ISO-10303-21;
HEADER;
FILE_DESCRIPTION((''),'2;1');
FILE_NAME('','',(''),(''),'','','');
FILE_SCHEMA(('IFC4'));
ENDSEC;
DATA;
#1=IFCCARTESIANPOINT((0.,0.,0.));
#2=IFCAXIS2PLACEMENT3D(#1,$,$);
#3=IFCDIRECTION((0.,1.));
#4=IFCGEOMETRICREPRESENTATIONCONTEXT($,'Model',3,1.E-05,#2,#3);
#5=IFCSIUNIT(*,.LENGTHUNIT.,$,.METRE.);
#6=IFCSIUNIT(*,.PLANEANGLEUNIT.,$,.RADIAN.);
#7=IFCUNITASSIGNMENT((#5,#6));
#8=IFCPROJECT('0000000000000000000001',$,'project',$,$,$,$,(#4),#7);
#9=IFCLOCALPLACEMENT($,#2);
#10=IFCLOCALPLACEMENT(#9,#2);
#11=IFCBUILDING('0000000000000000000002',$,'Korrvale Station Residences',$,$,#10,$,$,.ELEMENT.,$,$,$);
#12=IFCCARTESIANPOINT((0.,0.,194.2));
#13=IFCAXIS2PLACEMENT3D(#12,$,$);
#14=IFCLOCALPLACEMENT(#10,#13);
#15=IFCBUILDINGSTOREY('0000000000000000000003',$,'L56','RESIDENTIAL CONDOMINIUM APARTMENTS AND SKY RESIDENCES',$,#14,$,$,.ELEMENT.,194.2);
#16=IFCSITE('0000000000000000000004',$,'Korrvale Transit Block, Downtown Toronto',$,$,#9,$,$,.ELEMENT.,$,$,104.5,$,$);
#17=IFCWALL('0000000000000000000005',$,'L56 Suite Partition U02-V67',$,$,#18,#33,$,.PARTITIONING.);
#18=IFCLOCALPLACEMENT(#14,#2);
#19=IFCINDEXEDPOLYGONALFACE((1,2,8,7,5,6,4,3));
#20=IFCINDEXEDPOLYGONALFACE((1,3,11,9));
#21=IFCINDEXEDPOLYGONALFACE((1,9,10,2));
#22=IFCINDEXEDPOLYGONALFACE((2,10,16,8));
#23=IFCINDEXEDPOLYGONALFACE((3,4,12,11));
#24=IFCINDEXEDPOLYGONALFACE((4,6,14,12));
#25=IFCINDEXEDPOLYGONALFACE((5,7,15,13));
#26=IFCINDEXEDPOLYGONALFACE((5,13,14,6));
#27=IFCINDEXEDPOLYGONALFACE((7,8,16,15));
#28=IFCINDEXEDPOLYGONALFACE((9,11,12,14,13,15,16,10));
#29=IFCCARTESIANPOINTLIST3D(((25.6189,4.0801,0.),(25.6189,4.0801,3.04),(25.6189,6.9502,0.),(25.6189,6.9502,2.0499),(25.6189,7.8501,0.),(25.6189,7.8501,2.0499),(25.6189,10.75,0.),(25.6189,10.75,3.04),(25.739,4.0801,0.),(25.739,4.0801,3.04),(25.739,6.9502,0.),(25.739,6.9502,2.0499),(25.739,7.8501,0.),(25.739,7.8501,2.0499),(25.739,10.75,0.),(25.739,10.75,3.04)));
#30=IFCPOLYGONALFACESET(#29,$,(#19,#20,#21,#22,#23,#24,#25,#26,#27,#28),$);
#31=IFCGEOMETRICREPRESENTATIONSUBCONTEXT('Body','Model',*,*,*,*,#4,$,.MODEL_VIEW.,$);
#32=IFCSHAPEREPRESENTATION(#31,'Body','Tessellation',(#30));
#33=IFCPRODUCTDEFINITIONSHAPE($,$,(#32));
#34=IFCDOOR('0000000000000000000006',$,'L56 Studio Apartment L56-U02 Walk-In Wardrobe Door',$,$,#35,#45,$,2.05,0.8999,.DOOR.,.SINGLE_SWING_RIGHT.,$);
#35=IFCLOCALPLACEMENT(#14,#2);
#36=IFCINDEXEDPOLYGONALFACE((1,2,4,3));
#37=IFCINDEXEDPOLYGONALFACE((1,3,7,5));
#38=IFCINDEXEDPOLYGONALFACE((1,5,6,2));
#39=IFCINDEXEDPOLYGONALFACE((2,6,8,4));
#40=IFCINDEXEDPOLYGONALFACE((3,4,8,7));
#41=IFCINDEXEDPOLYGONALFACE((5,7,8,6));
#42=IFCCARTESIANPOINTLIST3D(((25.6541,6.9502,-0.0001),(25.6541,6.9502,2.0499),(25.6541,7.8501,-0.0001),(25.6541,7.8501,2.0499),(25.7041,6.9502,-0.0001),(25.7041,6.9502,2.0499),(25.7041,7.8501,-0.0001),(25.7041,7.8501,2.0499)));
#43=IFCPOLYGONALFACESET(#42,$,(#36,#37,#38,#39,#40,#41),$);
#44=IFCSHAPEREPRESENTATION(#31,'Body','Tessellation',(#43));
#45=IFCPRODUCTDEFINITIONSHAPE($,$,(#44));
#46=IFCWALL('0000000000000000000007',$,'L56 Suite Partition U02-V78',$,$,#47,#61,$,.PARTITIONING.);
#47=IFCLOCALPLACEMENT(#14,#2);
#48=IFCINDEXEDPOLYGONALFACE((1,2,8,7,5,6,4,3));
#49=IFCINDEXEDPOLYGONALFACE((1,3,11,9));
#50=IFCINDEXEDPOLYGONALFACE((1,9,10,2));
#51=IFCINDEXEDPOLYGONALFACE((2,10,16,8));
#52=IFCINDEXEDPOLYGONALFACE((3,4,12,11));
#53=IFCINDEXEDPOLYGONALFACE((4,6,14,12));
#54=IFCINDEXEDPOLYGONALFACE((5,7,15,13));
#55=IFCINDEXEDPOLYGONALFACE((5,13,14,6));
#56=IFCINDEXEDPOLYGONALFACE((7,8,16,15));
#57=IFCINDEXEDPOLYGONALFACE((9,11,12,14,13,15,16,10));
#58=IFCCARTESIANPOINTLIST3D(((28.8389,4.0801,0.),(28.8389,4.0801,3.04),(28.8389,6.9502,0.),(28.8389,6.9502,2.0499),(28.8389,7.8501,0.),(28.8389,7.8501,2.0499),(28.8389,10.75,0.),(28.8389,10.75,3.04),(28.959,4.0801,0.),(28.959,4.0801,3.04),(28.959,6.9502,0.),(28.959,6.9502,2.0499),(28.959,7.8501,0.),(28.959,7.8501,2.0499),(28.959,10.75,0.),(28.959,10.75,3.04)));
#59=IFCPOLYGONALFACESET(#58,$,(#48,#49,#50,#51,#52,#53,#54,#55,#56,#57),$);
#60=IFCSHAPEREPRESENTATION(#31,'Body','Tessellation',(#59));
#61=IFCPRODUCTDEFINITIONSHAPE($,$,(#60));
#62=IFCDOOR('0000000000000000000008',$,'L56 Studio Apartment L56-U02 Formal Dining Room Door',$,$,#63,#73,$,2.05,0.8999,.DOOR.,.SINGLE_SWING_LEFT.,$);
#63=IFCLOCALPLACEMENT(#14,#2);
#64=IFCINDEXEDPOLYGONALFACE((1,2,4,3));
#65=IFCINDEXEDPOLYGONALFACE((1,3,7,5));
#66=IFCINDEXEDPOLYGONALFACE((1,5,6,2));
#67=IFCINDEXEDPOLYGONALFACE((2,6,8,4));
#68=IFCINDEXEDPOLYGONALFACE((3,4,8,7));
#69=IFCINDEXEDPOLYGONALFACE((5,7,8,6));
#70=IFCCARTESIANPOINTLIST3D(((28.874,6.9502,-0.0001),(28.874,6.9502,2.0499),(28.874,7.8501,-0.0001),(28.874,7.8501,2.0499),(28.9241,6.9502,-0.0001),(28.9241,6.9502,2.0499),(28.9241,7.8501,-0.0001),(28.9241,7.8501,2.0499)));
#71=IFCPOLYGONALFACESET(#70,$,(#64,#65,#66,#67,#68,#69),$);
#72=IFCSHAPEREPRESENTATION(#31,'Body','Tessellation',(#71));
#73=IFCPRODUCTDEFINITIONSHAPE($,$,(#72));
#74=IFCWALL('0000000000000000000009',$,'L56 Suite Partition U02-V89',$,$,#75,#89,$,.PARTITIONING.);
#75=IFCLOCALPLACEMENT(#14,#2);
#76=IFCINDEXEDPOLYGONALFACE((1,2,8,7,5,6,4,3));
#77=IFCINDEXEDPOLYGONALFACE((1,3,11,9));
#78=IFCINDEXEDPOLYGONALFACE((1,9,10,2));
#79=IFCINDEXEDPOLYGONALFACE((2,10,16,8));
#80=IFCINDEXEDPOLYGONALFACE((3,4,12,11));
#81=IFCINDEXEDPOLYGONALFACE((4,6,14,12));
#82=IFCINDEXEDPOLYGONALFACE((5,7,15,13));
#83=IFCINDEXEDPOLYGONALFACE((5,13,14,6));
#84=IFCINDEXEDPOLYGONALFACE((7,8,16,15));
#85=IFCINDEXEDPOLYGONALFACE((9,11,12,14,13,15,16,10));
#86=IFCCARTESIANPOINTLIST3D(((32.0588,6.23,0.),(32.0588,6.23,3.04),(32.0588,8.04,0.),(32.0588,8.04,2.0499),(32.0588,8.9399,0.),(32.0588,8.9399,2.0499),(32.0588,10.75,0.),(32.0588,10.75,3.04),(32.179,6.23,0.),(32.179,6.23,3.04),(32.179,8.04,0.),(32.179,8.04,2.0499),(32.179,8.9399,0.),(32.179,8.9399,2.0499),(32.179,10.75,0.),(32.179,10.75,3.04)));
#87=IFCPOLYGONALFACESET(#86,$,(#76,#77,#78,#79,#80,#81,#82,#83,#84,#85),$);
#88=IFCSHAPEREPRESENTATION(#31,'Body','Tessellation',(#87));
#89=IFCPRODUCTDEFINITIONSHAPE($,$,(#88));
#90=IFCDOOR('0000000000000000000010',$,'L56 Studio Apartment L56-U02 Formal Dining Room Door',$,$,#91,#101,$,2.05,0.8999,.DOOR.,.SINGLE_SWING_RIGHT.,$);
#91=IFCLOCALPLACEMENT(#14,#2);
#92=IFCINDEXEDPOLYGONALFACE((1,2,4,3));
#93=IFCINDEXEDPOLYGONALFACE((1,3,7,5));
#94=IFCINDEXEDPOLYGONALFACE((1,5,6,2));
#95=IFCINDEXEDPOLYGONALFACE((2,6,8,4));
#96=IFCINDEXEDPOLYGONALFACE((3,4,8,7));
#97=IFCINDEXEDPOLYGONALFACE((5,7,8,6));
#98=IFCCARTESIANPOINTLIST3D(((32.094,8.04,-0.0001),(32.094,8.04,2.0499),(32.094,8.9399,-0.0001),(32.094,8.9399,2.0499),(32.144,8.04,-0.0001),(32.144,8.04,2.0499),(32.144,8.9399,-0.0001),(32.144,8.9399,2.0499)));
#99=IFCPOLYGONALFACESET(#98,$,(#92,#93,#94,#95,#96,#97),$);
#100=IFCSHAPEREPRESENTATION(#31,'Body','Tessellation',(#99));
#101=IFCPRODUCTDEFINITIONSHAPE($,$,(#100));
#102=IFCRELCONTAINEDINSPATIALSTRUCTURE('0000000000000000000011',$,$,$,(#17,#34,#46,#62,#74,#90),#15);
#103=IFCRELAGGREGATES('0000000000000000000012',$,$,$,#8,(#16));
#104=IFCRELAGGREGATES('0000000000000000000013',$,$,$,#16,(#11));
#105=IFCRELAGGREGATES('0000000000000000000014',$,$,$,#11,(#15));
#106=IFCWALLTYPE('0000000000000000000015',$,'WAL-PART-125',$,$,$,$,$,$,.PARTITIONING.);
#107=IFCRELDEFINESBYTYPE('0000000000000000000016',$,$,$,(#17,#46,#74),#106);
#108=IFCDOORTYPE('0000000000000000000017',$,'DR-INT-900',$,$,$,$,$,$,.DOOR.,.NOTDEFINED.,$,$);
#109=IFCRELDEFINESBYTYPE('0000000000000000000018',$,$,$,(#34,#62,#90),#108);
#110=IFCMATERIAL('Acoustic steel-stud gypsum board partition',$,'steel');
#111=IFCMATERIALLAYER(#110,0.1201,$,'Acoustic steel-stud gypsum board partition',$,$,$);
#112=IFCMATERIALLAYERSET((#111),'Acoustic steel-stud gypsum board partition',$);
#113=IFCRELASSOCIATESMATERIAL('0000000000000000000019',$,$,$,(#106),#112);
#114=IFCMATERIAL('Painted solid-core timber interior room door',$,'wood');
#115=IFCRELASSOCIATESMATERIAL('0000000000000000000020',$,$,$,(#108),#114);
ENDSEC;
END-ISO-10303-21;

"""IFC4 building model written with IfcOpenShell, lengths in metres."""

from ifc_helpers import new_model, si_unit, direction, frame, frame_2d, origin, place, context, subcontext, project, spatial, rectangle, extrude, material, layer, layer_set, type_object, element, fill, save


model = new_model("IFC4")

# Units and contexts
model_context = context("Model", 3, precision=1e-05, world=origin(), true_north=direction((0.0, 1.0)))
body_context = subcontext(model_context, "Body", "Model", "MODEL_VIEW")
ifc_project = project(units=[si_unit("LENGTHUNIT", "METRE"), si_unit("PLANEANGLEUNIT", "RADIAN")], contexts=[model_context])

# Site, building, storey
site_placement = place(None, origin())
site = spatial("IfcSite", under=ifc_project, at=site_placement, Name="Korrvale Transit Block, Downtown Toronto", CompositionType="ELEMENT", RefElevation=104.5)
building_placement = place(site_placement, origin())
building = spatial("IfcBuilding", under=site, at=building_placement, Name="Korrvale Station Residences", CompositionType="ELEMENT")
storey_placement = place(building_placement, frame((0.0, 0.0, 194.2)))
storey = spatial("IfcBuildingStorey", under=building, at=storey_placement, Name="L56", Description="RESIDENTIAL CONDOMINIUM APARTMENTS AND SKY RESIDENCES", CompositionType="ELEMENT", Elevation=194.2)

# Shared definitions
ifc_material_1 = material(Name="Acoustic steel-stud gypsum board partition", Category="steel")
ifc_layer_1 = layer(ifc_material_1, 0.1201, Name="Acoustic steel-stud gypsum board partition")
ifc_layer_set_1 = layer_set([ifc_layer_1], Name="Acoustic steel-stud gypsum board partition")
wall_type_1 = type_object("IfcWallType", Name="WAL-PART-125", PredefinedType="PARTITIONING", material=ifc_layer_set_1)
ifc_material_2 = material(Name="Painted solid-core timber interior room door", Category="wood")
door_type = type_object("IfcDoorType", Name="DR-INT-900", OperationType="NOTDEFINED", PredefinedType="DOOR", material=ifc_material_2)

# Walls, openings, doors
wall_1_placement = place(storey_placement, frame((25.679, 4.0801, 0.0), z_axis=(0.0, 0.0, 1.0), x_axis=(0.0, 1.0, 0.0)))
wall_1 = element("IfcWall", 1, at=wall_1_placement, inside=storey, type_object=wall_type_1, Name="L56 Suite Partition U02-V67", PredefinedType="PARTITIONING", context=body_context, shape_type="SweptSolid", body=[
    extrude(rectangle(XDim=6.6699, YDim=0.1201, at=frame_2d((3.335, 0.0))), origin(), (0.0, 0.0, 1.0), 3.04),
])
opening_1_placement = place(wall_1_placement, frame((2.8701, 0.0, 0.0)))
opening_1 = element("IfcOpeningElement", 2, at=opening_1_placement, cuts=wall_1, PredefinedType="OPENING", context=body_context, shape_type="SweptSolid", body=[
    extrude(rectangle(XDim=0.8999, YDim=2.05, at=frame_2d((0.45, 1.0249))), frame((0.0, 0.0701, 0.0), z_axis=(0.0, -1.0, 0.0), x_axis=(1.0, 0.0, 0.0)), (0.0, 0.0, 1.0), 0.1401),
])
door_1_placement = place(opening_1_placement, origin())
door_1 = element("IfcDoor", 3, at=door_1_placement, inside=storey, type_object=door_type, Name="L56 Studio Apartment L56-U02 Walk-In Wardrobe Door", OperationType="SINGLE_SWING_RIGHT", OverallHeight=2.05, OverallWidth=0.8999, PredefinedType="DOOR", context=body_context, shape_type="SweptSolid", body=[
    extrude(rectangle(XDim=0.8999, YDim=2.05, at=frame_2d((0.45, 1.0249))), frame((0.0, 0.0249, 0.0), z_axis=(0.0, -1.0, 0.0), x_axis=(1.0, 0.0, 0.0)), (0.0, 0.0, 1.0), 0.05),
])
fill(opening_1, door_1)
wall_2_placement = place(storey_placement, frame((28.8989, 4.0801, 0.0), z_axis=(0.0, 0.0, 1.0), x_axis=(0.0, 1.0, 0.0)))
wall_2 = element("IfcWall", 4, at=wall_2_placement, inside=storey, type_object=wall_type_1, Name="L56 Suite Partition U02-V78", PredefinedType="PARTITIONING", context=body_context, shape_type="SweptSolid", body=[
    extrude(rectangle(XDim=6.6699, YDim=0.1201, at=frame_2d((3.335, 0.0))), origin(), (0.0, 0.0, 1.0), 3.04),
])
opening_2_placement = place(wall_2_placement, frame((2.8701, 0.0, 0.0)))
opening_2 = element("IfcOpeningElement", 5, at=opening_2_placement, cuts=wall_2, PredefinedType="OPENING", context=body_context, shape_type="SweptSolid", body=[
    extrude(rectangle(XDim=0.8999, YDim=2.05, at=frame_2d((0.45, 1.0249))), frame((0.0, 0.0701, 0.0), z_axis=(0.0, -1.0, 0.0), x_axis=(1.0, 0.0, 0.0)), (0.0, 0.0, 1.0), 0.1401),
])
door_2_placement = place(opening_2_placement, origin())
door_2 = element("IfcDoor", 6, at=door_2_placement, inside=storey, type_object=door_type, Name="L56 Studio Apartment L56-U02 Formal Dining Room Door", OperationType="SINGLE_SWING_LEFT", OverallHeight=2.05, OverallWidth=0.8999, PredefinedType="DOOR", context=body_context, shape_type="SweptSolid", body=[
    extrude(rectangle(XDim=0.8999, YDim=2.05, at=frame_2d((0.45, 1.0249))), frame((0.0, 0.0249, 0.0), z_axis=(0.0, -1.0, 0.0), x_axis=(1.0, 0.0, 0.0)), (0.0, 0.0, 1.0), 0.05),
])
fill(opening_2, door_2)
wall_3_placement = place(storey_placement, frame((32.1189, 6.23, 0.0), z_axis=(0.0, 0.0, 1.0), x_axis=(0.0, 1.0, 0.0)))
wall_3 = element("IfcWall", 7, at=wall_3_placement, inside=storey, type_object=wall_type_1, Name="L56 Suite Partition U02-V89", PredefinedType="PARTITIONING", context=body_context, shape_type="SweptSolid", body=[
    extrude(rectangle(XDim=4.52, YDim=0.1201, at=frame_2d((2.26, 0.0))), origin(), (0.0, 0.0, 1.0), 3.04),
])
opening_3_placement = place(wall_3_placement, frame((1.8101, 0.0, 0.0)))
opening_3 = element("IfcOpeningElement", 8, at=opening_3_placement, cuts=wall_3, PredefinedType="OPENING", context=body_context, shape_type="SweptSolid", body=[
    extrude(rectangle(XDim=0.8999, YDim=2.05, at=frame_2d((0.45, 1.0249))), frame((0.0, 0.0701, 0.0), z_axis=(0.0, -1.0, 0.0), x_axis=(1.0, 0.0, 0.0)), (0.0, 0.0, 1.0), 0.1401),
])
door_3_placement = place(opening_3_placement, origin())
door_3 = element("IfcDoor", 9, at=door_3_placement, inside=storey, type_object=door_type, Name="L56 Studio Apartment L56-U02 Formal Dining Room Door", OperationType="SINGLE_SWING_RIGHT", OverallHeight=2.05, OverallWidth=0.8999, PredefinedType="DOOR", context=body_context, shape_type="SweptSolid", body=[
    extrude(rectangle(XDim=0.8999, YDim=2.05, at=frame_2d((0.45, 1.0249))), frame((0.0, 0.0249, 0.0), z_axis=(0.0, -1.0, 0.0), x_axis=(1.0, 0.0, 0.0)), (0.0, 0.0, 1.0), 0.05),
])
fill(opening_3, door_3)

save(model, "model.ifc")
